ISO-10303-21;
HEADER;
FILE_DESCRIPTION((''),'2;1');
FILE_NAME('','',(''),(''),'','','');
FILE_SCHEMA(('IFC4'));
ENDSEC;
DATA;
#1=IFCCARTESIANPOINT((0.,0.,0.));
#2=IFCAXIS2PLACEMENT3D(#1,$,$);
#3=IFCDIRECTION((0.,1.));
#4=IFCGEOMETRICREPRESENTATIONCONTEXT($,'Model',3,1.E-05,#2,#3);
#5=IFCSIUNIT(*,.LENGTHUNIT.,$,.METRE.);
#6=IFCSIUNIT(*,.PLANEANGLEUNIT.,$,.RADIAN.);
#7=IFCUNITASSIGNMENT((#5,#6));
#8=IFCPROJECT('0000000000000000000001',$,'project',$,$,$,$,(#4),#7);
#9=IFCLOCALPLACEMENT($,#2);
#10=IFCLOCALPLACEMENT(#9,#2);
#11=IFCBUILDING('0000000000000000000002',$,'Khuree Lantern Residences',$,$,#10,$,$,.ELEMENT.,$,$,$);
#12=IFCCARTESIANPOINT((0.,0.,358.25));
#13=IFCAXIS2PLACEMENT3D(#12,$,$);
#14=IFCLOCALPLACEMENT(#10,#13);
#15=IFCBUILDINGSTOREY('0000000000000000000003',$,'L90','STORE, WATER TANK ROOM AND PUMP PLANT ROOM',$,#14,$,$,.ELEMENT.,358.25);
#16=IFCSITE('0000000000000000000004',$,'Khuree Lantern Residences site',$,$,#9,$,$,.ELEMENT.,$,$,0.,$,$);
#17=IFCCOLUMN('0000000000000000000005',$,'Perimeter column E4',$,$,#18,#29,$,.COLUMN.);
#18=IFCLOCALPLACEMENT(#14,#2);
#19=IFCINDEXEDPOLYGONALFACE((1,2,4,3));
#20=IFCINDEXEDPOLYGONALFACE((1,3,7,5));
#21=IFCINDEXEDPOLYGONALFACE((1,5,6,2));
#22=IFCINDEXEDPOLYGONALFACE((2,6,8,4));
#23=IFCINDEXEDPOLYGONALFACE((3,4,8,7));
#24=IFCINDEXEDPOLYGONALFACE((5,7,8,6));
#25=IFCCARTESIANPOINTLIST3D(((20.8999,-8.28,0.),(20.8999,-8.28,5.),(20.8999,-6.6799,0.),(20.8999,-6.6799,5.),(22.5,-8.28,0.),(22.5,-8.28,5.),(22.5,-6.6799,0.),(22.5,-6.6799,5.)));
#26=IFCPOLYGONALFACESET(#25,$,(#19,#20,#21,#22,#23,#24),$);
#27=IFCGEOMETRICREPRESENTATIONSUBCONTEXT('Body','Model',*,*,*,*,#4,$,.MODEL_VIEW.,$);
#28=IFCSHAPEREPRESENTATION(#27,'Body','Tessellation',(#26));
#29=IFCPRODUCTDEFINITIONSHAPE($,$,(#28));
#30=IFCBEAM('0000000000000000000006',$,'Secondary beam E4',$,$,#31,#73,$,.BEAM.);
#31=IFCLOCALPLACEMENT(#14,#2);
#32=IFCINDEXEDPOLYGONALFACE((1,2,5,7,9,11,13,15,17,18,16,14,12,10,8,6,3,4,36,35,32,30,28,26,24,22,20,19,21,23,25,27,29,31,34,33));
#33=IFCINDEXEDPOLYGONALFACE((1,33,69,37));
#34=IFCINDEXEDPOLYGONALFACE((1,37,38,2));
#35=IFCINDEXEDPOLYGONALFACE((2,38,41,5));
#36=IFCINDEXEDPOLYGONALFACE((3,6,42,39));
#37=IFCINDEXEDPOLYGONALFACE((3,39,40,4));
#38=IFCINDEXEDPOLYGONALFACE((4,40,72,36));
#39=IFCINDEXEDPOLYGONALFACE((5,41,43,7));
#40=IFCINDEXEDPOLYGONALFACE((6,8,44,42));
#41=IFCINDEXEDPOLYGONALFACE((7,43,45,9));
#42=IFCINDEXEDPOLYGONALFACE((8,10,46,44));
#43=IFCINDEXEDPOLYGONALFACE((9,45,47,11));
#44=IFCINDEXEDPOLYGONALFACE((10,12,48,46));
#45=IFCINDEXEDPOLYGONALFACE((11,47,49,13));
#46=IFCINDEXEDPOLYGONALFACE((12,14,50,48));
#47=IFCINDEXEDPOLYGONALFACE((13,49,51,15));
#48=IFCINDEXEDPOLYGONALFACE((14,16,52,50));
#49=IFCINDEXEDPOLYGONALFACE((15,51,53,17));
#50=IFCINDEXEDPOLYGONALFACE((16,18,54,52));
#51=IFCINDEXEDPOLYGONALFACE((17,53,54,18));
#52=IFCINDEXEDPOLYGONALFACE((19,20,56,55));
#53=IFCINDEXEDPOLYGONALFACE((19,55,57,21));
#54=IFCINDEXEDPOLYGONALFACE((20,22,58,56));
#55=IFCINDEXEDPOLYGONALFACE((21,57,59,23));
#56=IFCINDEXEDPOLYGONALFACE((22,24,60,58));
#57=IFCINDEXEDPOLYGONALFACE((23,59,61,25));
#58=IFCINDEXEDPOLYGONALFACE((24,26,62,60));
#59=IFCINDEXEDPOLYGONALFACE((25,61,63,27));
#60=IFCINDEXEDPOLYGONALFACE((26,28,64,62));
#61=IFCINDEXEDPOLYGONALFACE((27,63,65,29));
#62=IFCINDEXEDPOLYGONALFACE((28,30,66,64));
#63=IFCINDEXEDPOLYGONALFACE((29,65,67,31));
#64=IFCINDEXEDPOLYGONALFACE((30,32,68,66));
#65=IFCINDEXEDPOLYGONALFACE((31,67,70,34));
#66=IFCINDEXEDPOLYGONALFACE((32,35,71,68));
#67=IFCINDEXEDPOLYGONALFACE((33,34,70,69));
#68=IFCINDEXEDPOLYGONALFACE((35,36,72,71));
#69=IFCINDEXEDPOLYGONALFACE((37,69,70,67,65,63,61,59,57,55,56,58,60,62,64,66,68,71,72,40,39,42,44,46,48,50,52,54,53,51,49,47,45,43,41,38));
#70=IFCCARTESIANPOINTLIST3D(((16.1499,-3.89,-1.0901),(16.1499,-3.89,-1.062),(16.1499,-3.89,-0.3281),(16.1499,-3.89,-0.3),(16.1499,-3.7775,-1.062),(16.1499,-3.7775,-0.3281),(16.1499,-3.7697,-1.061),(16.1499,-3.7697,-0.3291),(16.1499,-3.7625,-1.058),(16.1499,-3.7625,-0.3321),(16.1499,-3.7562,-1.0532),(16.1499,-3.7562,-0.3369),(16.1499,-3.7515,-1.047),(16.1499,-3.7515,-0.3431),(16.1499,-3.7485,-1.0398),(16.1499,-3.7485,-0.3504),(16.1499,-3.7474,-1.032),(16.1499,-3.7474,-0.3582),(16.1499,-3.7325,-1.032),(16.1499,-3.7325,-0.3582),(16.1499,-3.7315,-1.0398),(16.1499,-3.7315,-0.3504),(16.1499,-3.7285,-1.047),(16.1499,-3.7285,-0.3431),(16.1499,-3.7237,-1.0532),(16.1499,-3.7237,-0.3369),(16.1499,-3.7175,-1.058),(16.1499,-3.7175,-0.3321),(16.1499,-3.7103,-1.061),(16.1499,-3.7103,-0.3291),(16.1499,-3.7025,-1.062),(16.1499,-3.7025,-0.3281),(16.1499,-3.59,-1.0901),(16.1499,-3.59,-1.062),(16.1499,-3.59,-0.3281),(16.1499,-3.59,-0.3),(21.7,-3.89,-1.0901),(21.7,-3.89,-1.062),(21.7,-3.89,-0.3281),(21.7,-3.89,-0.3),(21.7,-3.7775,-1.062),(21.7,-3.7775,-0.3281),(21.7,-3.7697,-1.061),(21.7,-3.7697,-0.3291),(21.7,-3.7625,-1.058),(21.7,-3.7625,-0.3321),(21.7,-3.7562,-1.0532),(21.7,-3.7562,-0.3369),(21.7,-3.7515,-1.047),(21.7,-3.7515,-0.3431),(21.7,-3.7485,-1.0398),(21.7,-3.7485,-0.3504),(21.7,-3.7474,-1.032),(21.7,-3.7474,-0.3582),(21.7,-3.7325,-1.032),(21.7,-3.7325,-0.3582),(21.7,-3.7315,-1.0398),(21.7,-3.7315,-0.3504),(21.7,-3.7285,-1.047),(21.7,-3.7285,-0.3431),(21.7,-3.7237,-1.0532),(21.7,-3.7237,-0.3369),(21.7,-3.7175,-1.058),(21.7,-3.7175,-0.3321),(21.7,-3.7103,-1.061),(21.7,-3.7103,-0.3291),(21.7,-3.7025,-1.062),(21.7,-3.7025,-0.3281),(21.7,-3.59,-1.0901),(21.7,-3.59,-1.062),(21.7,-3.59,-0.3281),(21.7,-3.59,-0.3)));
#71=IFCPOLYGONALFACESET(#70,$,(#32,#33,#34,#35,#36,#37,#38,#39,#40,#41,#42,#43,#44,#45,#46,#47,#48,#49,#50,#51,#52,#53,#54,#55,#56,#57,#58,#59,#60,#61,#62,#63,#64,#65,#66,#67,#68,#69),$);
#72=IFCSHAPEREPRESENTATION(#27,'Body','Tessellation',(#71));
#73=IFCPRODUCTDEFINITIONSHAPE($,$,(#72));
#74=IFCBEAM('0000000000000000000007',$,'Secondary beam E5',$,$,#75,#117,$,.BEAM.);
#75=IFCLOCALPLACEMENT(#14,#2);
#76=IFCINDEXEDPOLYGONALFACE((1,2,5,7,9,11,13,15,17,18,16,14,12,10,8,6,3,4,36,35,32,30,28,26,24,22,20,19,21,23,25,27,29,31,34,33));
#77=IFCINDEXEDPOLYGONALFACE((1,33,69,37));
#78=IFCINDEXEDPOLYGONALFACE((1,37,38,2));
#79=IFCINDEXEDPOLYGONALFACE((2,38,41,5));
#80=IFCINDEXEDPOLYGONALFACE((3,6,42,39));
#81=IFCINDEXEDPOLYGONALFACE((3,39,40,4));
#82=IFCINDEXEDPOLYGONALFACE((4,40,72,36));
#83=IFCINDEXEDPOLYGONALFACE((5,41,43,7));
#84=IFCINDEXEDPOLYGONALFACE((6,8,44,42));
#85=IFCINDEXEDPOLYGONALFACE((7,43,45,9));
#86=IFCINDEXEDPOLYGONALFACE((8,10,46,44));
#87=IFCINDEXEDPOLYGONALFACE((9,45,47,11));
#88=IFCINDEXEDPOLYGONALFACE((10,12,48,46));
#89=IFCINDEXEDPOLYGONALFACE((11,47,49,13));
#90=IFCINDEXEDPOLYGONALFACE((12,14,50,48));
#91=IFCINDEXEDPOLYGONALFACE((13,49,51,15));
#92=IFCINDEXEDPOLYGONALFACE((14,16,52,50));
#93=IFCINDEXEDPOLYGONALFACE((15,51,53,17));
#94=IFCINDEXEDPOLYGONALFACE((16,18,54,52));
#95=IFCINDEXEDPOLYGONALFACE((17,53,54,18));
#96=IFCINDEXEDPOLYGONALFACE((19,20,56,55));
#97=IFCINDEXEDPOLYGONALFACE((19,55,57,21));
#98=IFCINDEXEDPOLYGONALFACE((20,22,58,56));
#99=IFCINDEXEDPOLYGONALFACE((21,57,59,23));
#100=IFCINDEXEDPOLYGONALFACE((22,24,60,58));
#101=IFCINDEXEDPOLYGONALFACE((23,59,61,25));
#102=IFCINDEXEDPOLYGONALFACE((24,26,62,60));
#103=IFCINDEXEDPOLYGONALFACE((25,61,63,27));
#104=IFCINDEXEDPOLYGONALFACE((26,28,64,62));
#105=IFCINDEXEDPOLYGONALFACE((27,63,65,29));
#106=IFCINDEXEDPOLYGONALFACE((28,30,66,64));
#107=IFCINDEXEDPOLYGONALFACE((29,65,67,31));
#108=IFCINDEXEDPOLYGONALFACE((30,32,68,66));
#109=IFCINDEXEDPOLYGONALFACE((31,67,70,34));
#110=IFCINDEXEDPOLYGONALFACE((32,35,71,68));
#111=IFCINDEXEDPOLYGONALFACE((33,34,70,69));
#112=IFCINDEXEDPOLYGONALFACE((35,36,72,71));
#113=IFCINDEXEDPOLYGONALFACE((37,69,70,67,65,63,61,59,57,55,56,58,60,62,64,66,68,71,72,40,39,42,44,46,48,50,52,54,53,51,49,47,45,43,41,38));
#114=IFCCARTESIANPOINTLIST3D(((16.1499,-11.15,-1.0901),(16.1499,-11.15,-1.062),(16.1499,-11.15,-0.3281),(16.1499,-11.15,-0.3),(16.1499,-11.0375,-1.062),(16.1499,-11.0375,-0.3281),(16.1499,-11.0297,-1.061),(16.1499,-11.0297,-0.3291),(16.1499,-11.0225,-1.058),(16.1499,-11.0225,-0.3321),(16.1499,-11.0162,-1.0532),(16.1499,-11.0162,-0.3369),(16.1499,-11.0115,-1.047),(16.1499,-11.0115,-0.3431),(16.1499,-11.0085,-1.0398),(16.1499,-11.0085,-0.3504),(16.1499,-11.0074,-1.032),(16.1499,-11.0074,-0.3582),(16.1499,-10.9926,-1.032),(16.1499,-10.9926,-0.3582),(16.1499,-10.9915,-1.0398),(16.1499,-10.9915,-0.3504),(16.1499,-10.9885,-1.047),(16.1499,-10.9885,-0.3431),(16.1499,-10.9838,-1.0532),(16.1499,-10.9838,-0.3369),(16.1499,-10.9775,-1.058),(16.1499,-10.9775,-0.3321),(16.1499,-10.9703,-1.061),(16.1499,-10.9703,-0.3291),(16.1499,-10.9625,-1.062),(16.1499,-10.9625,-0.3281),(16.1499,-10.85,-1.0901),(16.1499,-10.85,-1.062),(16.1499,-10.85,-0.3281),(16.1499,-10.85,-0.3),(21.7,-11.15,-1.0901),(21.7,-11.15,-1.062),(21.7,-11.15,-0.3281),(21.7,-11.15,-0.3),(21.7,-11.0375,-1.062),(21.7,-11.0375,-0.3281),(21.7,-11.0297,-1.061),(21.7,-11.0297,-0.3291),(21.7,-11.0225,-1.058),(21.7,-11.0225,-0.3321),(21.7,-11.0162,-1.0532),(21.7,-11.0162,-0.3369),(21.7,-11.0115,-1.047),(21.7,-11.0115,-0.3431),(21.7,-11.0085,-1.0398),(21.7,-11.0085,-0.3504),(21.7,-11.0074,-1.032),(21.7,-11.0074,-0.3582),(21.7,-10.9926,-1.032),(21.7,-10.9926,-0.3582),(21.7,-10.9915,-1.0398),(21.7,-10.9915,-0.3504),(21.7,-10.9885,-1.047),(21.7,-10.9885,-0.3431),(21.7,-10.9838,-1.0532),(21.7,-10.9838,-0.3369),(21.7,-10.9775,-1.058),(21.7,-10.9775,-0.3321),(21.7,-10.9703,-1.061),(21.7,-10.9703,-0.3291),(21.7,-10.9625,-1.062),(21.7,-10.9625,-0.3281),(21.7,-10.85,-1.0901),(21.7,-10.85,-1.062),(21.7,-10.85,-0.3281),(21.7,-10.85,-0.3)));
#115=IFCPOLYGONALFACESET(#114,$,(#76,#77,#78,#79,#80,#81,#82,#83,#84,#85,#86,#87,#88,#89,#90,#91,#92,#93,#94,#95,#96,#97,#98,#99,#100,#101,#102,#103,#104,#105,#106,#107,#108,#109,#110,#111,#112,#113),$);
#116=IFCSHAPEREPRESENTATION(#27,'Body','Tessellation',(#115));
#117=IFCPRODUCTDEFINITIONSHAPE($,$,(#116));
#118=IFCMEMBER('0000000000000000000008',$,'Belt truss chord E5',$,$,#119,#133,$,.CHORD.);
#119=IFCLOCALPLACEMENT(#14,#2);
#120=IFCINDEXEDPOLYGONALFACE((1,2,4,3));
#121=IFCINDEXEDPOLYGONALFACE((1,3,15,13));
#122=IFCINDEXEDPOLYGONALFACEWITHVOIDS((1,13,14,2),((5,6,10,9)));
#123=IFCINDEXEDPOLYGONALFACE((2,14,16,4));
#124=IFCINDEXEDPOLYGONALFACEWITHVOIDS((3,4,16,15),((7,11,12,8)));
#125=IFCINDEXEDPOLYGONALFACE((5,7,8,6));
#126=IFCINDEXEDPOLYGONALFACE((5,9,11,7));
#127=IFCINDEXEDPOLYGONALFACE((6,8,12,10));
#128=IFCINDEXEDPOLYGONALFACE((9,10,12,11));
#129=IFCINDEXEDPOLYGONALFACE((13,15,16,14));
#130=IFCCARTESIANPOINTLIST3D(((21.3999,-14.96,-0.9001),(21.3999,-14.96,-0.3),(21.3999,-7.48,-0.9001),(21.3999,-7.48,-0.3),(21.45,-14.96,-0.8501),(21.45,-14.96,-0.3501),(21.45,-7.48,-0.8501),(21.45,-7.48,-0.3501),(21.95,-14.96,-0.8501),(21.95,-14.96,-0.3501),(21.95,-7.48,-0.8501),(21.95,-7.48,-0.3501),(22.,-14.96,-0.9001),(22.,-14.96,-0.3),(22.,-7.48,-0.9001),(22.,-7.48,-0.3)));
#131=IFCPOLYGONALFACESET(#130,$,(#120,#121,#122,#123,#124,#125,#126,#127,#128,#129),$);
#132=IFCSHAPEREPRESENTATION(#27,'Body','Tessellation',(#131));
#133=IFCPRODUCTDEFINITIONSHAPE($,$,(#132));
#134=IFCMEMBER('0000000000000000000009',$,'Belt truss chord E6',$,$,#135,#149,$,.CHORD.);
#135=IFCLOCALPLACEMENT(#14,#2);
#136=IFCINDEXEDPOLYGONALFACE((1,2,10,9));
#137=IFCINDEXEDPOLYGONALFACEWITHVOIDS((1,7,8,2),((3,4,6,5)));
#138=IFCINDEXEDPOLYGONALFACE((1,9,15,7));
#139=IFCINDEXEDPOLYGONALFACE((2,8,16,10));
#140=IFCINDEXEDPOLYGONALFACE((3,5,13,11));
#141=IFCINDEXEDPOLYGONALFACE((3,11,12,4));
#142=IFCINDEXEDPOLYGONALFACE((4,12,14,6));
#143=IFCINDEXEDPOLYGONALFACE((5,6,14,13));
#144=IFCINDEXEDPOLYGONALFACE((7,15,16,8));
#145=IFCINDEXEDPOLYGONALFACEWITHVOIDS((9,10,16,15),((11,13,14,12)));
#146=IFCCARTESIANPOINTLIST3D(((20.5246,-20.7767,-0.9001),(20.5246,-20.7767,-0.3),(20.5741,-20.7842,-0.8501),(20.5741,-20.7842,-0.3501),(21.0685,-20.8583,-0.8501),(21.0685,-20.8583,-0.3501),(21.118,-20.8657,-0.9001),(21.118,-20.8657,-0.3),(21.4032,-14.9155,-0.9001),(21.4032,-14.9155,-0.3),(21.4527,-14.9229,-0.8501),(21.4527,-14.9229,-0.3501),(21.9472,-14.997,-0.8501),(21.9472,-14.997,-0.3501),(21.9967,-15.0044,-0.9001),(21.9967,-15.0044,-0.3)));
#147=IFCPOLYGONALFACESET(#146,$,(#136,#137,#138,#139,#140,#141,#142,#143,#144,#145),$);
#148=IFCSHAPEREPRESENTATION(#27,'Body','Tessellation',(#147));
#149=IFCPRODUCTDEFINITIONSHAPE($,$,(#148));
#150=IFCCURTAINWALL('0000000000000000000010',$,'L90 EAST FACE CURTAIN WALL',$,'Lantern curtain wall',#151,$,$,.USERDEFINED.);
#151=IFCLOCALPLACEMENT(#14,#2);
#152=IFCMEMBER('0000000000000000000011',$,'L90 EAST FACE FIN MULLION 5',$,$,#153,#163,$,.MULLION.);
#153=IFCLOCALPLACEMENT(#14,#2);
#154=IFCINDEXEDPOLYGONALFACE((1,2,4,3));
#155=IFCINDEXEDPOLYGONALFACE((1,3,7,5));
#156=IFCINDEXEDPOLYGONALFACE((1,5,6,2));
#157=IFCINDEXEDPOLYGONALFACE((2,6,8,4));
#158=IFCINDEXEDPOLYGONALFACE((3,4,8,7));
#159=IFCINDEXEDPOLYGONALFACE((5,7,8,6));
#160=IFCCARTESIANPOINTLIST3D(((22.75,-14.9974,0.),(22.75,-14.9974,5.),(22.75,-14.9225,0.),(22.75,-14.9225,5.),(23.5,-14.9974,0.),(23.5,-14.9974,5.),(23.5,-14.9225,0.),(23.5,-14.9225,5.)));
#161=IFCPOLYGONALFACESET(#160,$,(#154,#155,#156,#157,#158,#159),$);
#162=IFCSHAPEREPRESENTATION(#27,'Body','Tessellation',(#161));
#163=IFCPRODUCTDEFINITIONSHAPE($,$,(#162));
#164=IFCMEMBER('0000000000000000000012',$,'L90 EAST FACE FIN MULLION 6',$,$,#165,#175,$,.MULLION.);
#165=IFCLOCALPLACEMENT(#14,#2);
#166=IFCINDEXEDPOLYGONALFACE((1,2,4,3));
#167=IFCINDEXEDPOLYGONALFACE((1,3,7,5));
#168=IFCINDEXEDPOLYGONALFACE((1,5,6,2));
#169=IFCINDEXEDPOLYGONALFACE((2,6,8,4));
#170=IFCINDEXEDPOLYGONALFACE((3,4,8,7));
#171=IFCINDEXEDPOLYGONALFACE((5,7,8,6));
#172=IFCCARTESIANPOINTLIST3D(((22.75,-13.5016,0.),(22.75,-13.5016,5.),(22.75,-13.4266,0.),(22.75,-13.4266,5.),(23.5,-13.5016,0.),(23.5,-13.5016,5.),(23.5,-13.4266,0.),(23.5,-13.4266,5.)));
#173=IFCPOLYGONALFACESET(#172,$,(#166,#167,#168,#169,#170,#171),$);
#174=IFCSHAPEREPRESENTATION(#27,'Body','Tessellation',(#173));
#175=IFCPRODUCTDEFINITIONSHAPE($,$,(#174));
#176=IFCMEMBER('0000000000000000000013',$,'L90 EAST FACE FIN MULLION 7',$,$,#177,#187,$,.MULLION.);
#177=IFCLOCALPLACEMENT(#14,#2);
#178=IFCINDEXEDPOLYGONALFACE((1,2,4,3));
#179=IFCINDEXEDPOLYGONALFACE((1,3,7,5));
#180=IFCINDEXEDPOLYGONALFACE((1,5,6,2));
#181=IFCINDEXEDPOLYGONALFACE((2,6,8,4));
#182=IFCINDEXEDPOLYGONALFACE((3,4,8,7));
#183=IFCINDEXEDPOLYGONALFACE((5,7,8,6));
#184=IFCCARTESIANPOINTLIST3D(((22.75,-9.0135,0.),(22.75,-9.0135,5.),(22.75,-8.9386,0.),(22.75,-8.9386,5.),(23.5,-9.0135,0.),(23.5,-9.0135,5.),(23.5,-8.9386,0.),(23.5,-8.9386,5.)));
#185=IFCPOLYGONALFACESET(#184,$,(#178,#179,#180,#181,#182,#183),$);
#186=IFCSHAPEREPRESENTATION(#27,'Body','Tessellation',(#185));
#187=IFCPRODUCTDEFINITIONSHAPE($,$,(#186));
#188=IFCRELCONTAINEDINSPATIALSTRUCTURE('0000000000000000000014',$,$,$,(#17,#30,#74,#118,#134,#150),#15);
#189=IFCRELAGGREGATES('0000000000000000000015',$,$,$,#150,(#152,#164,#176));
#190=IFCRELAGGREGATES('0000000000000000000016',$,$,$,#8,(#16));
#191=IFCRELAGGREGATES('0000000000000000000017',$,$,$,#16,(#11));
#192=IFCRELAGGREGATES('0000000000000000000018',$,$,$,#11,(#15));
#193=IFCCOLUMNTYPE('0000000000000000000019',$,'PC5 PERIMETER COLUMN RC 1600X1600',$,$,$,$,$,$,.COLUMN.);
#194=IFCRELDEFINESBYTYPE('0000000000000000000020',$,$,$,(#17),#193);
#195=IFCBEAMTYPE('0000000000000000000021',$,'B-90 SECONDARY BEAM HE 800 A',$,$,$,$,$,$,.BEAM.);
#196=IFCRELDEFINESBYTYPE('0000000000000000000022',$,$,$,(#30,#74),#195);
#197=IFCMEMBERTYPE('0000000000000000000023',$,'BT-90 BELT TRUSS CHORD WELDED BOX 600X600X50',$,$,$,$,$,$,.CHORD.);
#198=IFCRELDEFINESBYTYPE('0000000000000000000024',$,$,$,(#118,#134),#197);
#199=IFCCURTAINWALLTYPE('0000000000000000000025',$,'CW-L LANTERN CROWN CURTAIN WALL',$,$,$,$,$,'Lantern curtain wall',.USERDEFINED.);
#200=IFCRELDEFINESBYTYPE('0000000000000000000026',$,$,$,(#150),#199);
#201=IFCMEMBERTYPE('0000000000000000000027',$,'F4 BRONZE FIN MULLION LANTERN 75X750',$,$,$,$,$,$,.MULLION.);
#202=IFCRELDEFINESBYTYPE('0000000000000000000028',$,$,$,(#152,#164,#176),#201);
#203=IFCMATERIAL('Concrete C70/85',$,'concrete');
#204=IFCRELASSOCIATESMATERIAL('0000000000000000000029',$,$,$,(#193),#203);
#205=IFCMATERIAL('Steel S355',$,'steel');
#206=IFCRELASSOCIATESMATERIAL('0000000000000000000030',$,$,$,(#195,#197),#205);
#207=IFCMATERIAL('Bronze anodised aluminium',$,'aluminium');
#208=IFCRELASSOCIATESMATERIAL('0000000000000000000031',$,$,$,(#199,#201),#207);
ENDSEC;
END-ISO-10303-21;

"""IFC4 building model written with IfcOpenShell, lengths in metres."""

from ifc_helpers import new_model, si_unit, direction, frame, origin, origin_2d, place, context, subcontext, project, spatial, rectangle, hollow_rectangle, i_section, extrude, material, material_profile, profile_set, type_object, element, aggregate, save


model = new_model("IFC4")

# Units and contexts
model_context = context("Model", 3, precision=1e-05, world=origin(), true_north=direction((0.0, 1.0)))
body_context = subcontext(model_context, "Body", "Model", "MODEL_VIEW")
ifc_project = project(units=[si_unit("LENGTHUNIT", "METRE"), si_unit("PLANEANGLEUNIT", "RADIAN")], contexts=[model_context])

# Site, building, storey
site_placement = place(None, origin())
site = spatial("IfcSite", under=ifc_project, at=site_placement, Name="Khuree Lantern Residences site", CompositionType="ELEMENT", RefElevation=0.0)
building_placement = place(site_placement, origin())
building = spatial("IfcBuilding", under=site, at=building_placement, Name="Khuree Lantern Residences", CompositionType="ELEMENT")
storey_placement = place(building_placement, frame((0.0, 0.0, 358.25)))
storey = spatial("IfcBuildingStorey", under=building, at=storey_placement, Name="L90", Description="STORE, WATER TANK ROOM AND PUMP PLANT ROOM", CompositionType="ELEMENT", Elevation=358.25)

# Column
ifc_material_1 = material(Name="Concrete C70/85", Category="concrete")
ifc_material_profile_1 = material_profile(ifc_material_1, rectangle(XDim=1.6001, YDim=1.6001, at=origin_2d()), Name="RC 1600X1600")
ifc_profile_set_1 = profile_set([ifc_material_profile_1], Name="Concrete C70/85")
column_type = type_object("IfcColumnType", Name="PC5 PERIMETER COLUMN RC 1600X1600", PredefinedType="COLUMN", material=ifc_profile_set_1)
column_placement = place(storey_placement, frame((21.7, -7.48, 0.0), z_axis=(0.0, 0.0, 1.0), x_axis=(0.0, 1.0, 0.0)))
element("IfcColumn", 1, at=column_placement, inside=storey, type_object=column_type, Name="Perimeter column E4", PredefinedType="COLUMN", context=body_context, shape_type="SweptSolid", body=[
    extrude(rectangle(XDim=1.6001, YDim=1.6001, at=origin_2d()), origin(), (0.0, 0.0, 1.0), 5.0),
])

# Beams
ifc_material_2 = material(Name="Steel S355", Category="steel")
ifc_material_profile_2 = material_profile(ifc_material_2, i_section(OverallWidth=0.3, OverallDepth=0.79, WebThickness=0.0149, FlangeThickness=0.0281, FilletRadius=0.03, at=origin_2d()), Name="HE 800 A")
ifc_profile_set_2 = profile_set([ifc_material_profile_2], Name="Steel S355")
beam_type_1 = type_object("IfcBeamType", Name="B-90 SECONDARY BEAM HE 800 A", PredefinedType="BEAM", material=ifc_profile_set_2)
for number, where, z_axis, x_axis, name in (
    (2, (21.7, -3.74, -0.6951), (-1.0, 0.0, 0.0), (0.0, -1.0, 0.0), "Secondary beam E4"),
    (3, (21.7, -11.0, -0.6951), (-1.0, 0.0, 0.0), (0.0, -1.0, 0.0), "Secondary beam E5"),
):
    element("IfcBeam", number, at=place(storey_placement, frame(where, z_axis=z_axis, x_axis=x_axis)), inside=storey, type_object=beam_type_1, Name=name, PredefinedType="BEAM", context=body_context, shape_type="SweptSolid", body=[
        extrude(i_section(OverallWidth=0.3, OverallDepth=0.79, WebThickness=0.0149, FlangeThickness=0.0281, FilletRadius=0.03, at=origin_2d()), origin(), (0.0, 0.0, 1.0), 5.55),
    ])

# Members
ifc_material_profile_3 = material_profile(ifc_material_2, hollow_rectangle(XDim=0.6001, YDim=0.6001, WallThickness=0.05, at=origin_2d()), Name="WELDED BOX 600X600X50")
ifc_profile_set_3 = profile_set([ifc_material_profile_3], Name="Steel S355")
member_type_1 = type_object("IfcMemberType", Name="BT-90 BELT TRUSS CHORD WELDED BOX 600X600X50", PredefinedType="CHORD", material=ifc_profile_set_3)
member_1_placement = place(storey_placement, frame((21.7, -7.48, -0.6001), z_axis=(0.0, -1.0, 0.0), x_axis=(1.0, 0.0, 0.0)))
element("IfcMember", 4, at=member_1_placement, inside=storey, type_object=member_type_1, Name="Belt truss chord E5", PredefinedType="CHORD", context=body_context, shape_type="SweptSolid", body=[
    extrude(hollow_rectangle(XDim=0.6001, YDim=0.6001, WallThickness=0.05, at=origin_2d()), origin(), (0.0, 0.0, 1.0), 7.48),
])
member_2_placement = place(storey_placement, frame((21.7, -14.96, -0.6001), z_axis=(-0.148252, -0.98895, 0.0), x_axis=(0.98895, -0.148252, 0.0)))
element("IfcMember", 5, at=member_2_placement, inside=storey, type_object=member_type_1, Name="Belt truss chord E6", PredefinedType="CHORD", context=body_context, shape_type="SweptSolid", body=[
    extrude(hollow_rectangle(XDim=0.6001, YDim=0.6001, WallThickness=0.05, at=origin_2d()), origin(), (0.0, 0.0, 1.0), 5.9268),
])

# Curtain wall, members
ifc_material_3 = material(Name="Bronze anodised aluminium", Category="aluminium")
curtain_wall_type = type_object("IfcCurtainWallType", Name="CW-L LANTERN CROWN CURTAIN WALL", ElementType="Lantern curtain wall", PredefinedType="USERDEFINED", material=ifc_material_3)
curtain_wall_placement = place(storey_placement, origin())
curtain_wall = element("IfcCurtainWall", 6, at=curtain_wall_placement, inside=storey, type_object=curtain_wall_type, Name="L90 EAST FACE CURTAIN WALL", ObjectType="Lantern curtain wall", PredefinedType="USERDEFINED")
ifc_material_profile_4 = material_profile(ifc_material_3, rectangle(XDim=0.075, YDim=0.75, at=origin_2d()), Name="F4 75X750")
ifc_profile_set_4 = profile_set([ifc_material_profile_4], Name="Bronze anodised aluminium")
member_type_2 = type_object("IfcMemberType", Name="F4 BRONZE FIN MULLION LANTERN 75X750", PredefinedType="MULLION", material=ifc_profile_set_4)
member_3_placement = place(storey_placement, frame((23.125, -14.96, 0.0), z_axis=(0.0, 0.0, 1.0), x_axis=(0.0, 1.0, 0.0)))
member_3 = element("IfcMember", 7, at=member_3_placement, type_object=member_type_2, Name="L90 EAST FACE FIN MULLION 5", PredefinedType="MULLION", context=body_context, shape_type="SweptSolid", body=[
    extrude(rectangle(XDim=0.075, YDim=0.75, at=origin_2d()), origin(), (0.0, 0.0, 1.0), 5.0),
])
member_4_placement = place(storey_placement, frame((23.125, -13.4641, 0.0), z_axis=(0.0, 0.0, 1.0), x_axis=(0.0, 1.0, 0.0)))
member_4 = element("IfcMember", 8, at=member_4_placement, type_object=member_type_2, Name="L90 EAST FACE FIN MULLION 6", PredefinedType="MULLION", context=body_context, shape_type="SweptSolid", body=[
    extrude(rectangle(XDim=0.075, YDim=0.75, at=origin_2d()), origin(), (0.0, 0.0, 1.0), 5.0),
])
member_5_placement = place(storey_placement, frame((23.125, -8.9761, 0.0), z_axis=(0.0, 0.0, 1.0), x_axis=(0.0, 1.0, 0.0)))
member_5 = element("IfcMember", 9, at=member_5_placement, type_object=member_type_2, Name="L90 EAST FACE FIN MULLION 7", PredefinedType="MULLION", context=body_context, shape_type="SweptSolid", body=[
    extrude(rectangle(XDim=0.075, YDim=0.75, at=origin_2d()), origin(), (0.0, 0.0, 1.0), 5.0),
])

aggregate(curtain_wall, [member_3, member_4, member_5])

save(model, "model.ifc")
